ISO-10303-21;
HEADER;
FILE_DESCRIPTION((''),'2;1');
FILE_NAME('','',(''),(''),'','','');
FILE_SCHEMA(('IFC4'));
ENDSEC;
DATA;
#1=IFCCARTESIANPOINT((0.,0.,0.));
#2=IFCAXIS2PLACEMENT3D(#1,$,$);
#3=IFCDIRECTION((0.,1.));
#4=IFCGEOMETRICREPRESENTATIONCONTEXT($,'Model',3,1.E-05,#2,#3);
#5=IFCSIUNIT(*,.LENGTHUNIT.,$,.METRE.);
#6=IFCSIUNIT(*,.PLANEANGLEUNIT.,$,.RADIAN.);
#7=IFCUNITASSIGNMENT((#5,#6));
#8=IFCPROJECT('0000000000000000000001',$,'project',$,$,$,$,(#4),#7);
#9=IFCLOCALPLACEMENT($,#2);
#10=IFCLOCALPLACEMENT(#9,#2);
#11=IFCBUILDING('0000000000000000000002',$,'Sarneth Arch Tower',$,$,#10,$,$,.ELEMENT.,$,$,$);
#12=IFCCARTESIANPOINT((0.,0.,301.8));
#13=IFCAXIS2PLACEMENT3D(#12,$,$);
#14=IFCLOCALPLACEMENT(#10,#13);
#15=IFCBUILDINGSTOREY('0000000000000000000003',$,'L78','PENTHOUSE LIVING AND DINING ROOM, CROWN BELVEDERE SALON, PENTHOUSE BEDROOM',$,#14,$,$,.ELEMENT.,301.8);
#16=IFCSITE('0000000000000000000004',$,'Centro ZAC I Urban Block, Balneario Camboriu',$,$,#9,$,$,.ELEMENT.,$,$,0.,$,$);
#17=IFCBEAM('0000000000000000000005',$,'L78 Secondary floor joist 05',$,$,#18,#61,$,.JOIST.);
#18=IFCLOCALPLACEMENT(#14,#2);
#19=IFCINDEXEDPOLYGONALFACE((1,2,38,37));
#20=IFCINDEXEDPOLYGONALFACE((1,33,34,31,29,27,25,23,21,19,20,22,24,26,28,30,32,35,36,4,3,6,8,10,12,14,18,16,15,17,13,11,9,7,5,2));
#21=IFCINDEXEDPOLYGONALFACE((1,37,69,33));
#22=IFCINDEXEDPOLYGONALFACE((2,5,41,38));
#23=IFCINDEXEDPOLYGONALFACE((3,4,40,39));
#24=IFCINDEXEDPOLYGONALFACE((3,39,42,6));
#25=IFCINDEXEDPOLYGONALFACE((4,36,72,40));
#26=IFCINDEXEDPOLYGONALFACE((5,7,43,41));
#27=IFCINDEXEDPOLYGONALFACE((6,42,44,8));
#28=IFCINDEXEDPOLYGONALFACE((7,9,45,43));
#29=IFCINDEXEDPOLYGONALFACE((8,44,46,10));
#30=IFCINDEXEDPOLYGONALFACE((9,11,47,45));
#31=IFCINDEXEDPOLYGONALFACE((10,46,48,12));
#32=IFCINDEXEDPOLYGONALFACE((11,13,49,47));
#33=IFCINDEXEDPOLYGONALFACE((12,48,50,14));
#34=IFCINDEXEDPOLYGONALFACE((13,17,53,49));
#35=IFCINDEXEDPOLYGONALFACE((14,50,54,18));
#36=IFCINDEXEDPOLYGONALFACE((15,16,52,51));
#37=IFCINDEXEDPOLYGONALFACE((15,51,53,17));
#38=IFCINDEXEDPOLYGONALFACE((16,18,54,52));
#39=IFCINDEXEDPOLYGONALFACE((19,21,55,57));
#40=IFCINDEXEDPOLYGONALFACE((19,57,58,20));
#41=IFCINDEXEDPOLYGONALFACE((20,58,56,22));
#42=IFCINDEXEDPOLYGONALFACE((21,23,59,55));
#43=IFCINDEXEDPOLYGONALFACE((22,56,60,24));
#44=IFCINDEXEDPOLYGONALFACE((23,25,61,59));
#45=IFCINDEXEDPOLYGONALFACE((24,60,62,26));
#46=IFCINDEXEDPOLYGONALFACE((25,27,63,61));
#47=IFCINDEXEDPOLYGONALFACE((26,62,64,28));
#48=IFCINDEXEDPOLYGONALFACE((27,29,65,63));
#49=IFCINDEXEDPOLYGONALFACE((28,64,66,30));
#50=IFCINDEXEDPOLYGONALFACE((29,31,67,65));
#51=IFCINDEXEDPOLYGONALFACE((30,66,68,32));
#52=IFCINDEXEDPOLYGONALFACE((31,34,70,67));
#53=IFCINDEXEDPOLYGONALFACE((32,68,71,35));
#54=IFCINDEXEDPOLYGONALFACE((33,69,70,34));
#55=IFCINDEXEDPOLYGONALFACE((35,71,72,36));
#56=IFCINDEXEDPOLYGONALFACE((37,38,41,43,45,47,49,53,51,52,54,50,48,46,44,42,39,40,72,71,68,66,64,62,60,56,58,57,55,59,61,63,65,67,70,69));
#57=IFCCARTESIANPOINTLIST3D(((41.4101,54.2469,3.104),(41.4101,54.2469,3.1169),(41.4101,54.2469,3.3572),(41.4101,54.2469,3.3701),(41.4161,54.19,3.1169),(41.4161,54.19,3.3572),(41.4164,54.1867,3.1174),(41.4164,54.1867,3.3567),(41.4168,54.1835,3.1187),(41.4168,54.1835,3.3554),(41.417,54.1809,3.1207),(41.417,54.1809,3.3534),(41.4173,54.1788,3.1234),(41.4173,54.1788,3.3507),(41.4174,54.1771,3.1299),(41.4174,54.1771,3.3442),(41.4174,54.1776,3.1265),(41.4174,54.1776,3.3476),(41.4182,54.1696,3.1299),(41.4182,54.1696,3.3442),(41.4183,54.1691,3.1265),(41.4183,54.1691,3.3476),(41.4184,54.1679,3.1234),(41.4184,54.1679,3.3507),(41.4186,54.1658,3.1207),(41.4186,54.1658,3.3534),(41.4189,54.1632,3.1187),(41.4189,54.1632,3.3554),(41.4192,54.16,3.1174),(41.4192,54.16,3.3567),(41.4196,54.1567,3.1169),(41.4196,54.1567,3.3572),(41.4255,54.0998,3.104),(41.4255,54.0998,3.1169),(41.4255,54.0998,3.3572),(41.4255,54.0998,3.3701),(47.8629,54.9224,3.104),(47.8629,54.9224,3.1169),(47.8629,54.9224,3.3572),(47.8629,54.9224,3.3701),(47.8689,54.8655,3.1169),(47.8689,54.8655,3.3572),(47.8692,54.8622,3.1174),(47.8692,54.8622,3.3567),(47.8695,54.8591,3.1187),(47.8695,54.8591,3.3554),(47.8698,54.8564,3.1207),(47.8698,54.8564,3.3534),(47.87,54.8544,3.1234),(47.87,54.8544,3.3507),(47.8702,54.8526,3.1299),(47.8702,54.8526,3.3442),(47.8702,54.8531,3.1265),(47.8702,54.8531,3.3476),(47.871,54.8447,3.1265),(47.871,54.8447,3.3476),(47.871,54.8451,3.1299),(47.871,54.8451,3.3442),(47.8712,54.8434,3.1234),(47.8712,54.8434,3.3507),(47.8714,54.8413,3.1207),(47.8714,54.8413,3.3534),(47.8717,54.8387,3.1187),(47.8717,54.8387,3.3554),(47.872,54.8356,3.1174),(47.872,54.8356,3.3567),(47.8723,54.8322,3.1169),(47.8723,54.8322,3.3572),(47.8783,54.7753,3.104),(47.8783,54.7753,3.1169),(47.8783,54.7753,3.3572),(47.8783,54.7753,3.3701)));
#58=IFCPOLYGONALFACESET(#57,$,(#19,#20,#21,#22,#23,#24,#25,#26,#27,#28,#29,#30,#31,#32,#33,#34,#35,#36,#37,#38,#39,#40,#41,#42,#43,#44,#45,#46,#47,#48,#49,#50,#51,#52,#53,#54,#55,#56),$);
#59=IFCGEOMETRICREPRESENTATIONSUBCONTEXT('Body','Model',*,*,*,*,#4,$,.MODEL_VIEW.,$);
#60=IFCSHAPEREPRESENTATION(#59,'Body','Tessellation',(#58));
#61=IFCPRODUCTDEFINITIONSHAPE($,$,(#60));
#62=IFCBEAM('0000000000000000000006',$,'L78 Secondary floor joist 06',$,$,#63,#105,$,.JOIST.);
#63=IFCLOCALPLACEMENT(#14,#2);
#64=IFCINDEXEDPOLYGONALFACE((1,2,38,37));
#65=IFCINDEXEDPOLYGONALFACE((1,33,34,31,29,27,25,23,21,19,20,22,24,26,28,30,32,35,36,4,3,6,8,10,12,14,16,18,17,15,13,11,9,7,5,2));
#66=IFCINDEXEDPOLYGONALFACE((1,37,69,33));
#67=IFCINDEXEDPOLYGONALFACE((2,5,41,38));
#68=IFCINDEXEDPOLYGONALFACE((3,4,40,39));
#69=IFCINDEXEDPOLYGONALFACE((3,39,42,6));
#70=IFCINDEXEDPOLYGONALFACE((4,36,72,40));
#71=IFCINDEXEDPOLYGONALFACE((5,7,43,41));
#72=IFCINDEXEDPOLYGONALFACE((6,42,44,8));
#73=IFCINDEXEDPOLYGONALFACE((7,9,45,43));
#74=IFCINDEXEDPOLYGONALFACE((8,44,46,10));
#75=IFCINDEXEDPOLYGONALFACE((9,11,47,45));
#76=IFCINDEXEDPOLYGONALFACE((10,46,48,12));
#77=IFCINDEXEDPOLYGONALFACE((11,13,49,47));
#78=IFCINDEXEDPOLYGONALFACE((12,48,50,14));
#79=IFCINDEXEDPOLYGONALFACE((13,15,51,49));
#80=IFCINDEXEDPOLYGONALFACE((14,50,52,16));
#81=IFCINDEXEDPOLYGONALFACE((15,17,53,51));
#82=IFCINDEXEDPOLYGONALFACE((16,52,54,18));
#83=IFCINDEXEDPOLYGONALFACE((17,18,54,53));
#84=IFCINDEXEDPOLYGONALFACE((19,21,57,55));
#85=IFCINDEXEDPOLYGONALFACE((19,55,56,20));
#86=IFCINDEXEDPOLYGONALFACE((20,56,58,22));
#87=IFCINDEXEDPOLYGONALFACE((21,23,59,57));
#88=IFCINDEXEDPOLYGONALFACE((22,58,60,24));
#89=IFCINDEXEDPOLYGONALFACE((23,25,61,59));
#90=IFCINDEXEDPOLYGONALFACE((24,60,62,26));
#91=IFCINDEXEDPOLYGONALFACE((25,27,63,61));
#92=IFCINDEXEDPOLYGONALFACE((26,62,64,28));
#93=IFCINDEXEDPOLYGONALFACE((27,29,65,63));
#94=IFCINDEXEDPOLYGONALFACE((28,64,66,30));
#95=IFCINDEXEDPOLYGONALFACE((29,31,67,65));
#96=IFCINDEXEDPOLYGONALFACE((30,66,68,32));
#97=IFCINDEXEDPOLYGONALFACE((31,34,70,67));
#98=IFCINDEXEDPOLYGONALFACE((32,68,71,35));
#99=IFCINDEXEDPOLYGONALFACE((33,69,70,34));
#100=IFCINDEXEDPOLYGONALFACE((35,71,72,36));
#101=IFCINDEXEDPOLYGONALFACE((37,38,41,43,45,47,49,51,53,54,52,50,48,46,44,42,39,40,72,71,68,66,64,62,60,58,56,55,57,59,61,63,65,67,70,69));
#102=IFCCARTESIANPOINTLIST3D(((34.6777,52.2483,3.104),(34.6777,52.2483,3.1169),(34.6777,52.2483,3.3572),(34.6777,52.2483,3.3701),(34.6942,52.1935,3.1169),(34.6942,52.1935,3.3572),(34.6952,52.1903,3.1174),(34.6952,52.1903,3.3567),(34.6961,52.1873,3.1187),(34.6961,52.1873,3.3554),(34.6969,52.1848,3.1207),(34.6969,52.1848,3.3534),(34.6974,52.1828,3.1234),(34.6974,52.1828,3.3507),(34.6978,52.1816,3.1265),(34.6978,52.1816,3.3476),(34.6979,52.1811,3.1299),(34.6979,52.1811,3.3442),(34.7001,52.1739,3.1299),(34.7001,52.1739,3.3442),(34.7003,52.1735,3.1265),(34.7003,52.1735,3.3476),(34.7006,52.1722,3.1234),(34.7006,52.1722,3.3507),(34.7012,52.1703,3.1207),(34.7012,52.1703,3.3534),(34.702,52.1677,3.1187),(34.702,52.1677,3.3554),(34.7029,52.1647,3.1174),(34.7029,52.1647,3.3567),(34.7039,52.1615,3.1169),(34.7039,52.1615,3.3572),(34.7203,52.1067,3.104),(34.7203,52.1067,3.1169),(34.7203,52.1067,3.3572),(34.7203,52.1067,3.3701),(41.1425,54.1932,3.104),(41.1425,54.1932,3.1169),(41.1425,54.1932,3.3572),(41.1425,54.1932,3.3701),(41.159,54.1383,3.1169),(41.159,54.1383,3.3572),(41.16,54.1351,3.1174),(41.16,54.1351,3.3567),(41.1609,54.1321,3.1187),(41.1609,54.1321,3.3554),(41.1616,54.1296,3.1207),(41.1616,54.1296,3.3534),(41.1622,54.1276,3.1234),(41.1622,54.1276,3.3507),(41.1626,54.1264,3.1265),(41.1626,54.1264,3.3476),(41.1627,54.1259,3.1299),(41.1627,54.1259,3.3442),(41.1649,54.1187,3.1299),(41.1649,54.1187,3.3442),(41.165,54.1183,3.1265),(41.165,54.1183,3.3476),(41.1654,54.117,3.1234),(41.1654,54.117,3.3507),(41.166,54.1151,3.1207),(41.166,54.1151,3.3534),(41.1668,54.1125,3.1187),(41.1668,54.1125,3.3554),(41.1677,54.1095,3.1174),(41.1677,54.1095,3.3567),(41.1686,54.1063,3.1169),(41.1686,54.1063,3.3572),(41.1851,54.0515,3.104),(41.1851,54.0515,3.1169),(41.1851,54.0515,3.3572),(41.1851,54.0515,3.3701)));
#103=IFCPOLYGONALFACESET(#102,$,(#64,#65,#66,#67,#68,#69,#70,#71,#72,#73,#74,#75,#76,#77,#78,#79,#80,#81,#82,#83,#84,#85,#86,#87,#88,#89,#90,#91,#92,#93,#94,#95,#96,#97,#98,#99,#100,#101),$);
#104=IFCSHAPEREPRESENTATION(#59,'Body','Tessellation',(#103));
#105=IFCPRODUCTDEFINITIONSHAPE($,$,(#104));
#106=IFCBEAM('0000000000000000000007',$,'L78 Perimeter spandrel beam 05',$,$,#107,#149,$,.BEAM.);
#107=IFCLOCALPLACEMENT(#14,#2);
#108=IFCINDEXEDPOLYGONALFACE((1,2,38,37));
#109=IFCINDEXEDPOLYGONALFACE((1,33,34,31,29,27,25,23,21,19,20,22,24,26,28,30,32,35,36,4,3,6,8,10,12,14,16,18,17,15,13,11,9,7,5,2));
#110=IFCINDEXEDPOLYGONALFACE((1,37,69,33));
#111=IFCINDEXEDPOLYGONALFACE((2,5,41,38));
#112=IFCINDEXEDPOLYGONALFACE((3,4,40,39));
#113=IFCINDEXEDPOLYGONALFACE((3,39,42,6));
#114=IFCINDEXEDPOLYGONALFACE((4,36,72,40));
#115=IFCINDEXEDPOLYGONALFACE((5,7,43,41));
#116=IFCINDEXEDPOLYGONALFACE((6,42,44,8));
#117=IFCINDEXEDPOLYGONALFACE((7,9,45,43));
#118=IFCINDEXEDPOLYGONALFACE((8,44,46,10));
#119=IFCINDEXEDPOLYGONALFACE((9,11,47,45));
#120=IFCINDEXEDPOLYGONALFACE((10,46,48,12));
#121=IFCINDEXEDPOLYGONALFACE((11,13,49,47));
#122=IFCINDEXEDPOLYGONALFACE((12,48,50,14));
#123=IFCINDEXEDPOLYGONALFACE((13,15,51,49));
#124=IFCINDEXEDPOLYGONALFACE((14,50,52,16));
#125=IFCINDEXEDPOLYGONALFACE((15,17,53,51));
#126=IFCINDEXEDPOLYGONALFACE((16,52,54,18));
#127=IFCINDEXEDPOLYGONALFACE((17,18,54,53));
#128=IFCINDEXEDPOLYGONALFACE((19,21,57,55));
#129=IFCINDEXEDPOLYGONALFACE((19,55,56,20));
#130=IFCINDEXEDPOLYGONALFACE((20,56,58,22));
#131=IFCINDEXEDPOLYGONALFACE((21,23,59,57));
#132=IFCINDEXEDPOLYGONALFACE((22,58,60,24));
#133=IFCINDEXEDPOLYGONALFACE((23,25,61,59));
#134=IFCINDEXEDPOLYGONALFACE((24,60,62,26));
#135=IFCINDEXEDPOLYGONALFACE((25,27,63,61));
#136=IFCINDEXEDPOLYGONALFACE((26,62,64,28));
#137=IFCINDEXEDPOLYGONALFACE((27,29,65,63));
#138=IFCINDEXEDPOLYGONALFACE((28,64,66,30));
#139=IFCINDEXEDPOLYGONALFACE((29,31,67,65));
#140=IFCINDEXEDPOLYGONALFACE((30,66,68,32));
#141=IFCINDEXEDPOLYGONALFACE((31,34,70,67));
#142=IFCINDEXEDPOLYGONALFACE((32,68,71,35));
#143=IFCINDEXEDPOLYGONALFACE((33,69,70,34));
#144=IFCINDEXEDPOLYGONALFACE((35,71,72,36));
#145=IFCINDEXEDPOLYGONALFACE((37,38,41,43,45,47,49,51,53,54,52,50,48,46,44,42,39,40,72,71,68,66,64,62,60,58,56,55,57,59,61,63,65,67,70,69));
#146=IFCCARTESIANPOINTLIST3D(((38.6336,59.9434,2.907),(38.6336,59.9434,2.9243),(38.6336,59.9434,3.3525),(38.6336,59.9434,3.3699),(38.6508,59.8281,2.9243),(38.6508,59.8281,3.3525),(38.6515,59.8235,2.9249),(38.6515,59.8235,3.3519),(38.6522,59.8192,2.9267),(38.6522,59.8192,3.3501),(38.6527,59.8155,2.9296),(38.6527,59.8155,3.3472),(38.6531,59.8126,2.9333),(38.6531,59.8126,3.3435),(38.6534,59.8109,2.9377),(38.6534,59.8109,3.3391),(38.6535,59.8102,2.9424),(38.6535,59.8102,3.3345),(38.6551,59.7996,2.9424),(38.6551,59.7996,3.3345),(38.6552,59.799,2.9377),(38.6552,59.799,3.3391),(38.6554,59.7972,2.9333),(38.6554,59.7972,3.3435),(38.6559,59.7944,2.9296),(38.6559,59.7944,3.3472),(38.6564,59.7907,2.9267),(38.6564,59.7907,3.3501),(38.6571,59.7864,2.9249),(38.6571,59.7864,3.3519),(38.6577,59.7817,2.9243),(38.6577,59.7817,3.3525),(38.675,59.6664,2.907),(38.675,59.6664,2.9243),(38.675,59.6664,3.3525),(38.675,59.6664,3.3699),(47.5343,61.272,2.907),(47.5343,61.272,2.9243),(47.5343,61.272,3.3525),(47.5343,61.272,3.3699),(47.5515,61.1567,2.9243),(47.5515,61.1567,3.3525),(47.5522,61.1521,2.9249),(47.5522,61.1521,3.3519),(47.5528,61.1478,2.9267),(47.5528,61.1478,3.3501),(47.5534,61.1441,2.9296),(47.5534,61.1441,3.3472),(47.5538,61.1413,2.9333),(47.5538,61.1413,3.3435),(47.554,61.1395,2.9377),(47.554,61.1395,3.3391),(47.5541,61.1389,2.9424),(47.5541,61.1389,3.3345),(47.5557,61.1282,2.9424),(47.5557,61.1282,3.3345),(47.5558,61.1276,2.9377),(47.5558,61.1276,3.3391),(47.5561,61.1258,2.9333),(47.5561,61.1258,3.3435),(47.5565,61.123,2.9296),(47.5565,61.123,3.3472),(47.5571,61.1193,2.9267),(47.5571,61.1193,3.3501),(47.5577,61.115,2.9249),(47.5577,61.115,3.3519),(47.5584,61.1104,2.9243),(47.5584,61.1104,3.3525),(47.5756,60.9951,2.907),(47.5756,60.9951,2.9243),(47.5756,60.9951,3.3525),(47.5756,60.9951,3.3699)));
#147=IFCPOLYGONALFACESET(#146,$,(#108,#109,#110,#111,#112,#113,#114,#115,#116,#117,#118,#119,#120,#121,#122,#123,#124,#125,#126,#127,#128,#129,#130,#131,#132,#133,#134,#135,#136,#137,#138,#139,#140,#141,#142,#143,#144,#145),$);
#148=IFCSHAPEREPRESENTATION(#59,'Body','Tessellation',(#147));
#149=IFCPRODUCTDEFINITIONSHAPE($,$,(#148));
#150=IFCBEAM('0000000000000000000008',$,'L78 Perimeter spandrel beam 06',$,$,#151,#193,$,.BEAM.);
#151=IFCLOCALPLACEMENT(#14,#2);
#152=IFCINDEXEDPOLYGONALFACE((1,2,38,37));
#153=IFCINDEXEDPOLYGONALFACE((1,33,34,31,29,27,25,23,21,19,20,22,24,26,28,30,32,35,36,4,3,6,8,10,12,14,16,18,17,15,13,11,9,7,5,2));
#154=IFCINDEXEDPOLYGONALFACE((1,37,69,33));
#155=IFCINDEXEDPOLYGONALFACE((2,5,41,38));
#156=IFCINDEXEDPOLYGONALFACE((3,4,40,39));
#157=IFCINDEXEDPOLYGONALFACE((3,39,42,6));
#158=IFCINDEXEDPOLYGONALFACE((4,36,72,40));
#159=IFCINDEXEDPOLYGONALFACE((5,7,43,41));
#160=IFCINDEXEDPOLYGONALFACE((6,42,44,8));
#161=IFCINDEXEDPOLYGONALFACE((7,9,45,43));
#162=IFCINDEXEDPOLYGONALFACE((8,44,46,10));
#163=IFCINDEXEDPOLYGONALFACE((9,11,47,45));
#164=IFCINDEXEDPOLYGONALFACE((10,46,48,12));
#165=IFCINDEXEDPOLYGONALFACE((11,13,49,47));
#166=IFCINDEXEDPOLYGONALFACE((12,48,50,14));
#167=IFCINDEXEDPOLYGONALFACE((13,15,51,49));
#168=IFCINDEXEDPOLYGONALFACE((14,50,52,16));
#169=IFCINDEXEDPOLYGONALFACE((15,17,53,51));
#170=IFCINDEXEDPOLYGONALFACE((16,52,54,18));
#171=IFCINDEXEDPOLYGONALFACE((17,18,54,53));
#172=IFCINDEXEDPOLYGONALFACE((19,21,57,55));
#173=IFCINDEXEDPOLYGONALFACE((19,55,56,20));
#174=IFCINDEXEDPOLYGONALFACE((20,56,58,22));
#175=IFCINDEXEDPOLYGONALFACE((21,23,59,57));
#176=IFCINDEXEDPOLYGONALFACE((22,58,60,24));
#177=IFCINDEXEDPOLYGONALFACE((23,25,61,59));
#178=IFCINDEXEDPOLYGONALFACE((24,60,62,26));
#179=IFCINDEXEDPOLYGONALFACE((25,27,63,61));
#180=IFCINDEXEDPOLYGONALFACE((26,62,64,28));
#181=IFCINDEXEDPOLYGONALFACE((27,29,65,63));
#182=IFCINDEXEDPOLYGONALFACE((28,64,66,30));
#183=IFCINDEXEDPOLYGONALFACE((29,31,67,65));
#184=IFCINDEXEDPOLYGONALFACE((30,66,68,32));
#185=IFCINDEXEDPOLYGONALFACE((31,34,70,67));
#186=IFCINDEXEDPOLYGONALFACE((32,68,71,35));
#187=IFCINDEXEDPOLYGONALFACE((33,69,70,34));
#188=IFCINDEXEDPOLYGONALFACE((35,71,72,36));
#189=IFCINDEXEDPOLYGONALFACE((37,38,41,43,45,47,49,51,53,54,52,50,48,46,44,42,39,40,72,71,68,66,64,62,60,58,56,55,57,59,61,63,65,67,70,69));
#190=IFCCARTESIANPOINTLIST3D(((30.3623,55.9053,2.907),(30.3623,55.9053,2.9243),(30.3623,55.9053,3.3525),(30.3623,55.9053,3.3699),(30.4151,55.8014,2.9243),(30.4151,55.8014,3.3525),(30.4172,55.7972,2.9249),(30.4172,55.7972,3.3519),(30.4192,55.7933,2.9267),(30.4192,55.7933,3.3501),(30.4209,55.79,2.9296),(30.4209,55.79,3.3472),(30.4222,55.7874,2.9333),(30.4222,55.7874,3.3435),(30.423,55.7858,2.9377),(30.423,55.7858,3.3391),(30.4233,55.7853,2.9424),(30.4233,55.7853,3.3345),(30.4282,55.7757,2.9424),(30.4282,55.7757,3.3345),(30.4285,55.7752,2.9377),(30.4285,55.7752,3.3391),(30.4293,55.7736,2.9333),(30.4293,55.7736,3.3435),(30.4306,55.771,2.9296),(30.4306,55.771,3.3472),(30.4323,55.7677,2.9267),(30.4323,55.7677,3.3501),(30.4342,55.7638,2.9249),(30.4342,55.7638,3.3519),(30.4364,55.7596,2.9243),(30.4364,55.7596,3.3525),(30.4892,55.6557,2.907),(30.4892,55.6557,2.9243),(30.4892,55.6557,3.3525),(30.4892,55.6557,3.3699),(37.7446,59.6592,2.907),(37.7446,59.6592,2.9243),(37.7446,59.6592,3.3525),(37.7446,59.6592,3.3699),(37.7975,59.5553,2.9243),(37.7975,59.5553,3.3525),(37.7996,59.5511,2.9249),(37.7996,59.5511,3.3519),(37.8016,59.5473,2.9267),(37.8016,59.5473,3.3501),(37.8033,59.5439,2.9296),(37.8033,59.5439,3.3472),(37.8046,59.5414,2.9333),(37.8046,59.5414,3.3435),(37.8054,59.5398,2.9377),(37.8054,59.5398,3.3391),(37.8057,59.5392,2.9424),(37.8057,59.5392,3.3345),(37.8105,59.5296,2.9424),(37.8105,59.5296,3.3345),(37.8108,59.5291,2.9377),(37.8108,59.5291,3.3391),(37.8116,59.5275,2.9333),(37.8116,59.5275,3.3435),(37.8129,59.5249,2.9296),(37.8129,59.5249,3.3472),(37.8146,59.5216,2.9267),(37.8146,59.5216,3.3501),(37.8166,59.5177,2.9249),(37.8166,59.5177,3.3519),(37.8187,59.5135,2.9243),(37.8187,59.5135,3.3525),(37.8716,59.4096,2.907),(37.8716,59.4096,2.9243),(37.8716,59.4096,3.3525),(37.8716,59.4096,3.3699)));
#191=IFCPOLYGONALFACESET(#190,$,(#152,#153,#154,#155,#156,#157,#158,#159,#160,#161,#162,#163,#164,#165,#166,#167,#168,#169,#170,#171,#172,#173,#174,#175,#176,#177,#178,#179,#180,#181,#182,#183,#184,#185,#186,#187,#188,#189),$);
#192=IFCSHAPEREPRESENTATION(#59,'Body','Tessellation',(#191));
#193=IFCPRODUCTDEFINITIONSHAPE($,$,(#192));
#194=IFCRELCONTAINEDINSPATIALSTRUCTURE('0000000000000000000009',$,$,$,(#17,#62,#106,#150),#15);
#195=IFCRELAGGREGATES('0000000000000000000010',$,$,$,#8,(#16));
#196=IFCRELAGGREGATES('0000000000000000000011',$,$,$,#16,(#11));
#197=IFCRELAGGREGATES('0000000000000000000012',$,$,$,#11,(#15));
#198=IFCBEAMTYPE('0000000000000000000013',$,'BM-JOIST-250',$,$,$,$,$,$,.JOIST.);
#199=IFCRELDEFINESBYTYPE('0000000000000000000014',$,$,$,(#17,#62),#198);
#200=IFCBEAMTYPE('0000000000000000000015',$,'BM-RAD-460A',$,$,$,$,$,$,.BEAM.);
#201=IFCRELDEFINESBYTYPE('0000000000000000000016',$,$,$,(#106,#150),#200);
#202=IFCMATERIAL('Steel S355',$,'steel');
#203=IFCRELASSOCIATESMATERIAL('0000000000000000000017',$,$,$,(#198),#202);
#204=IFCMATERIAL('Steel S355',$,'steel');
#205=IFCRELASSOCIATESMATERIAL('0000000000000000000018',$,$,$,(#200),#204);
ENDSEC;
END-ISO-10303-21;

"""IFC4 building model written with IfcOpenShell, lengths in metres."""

from ifc_helpers import new_model, si_unit, direction, frame, origin, origin_2d, place, context, subcontext, project, spatial, i_section, extrude, material, material_profile, profile_set, type_object, element, save


model = new_model("IFC4")

# Units and contexts
model_context = context("Model", 3, precision=1e-05, world=origin(), true_north=direction((0.0, 1.0)))
body_context = subcontext(model_context, "Body", "Model", "MODEL_VIEW")
ifc_project = project(units=[si_unit("LENGTHUNIT", "METRE"), si_unit("PLANEANGLEUNIT", "RADIAN")], contexts=[model_context])

# Site, building, storey
site_placement = place(None, origin())
site = spatial("IfcSite", under=ifc_project, at=site_placement, Name="Centro ZAC I Urban Block, Balneario Camboriu", CompositionType="ELEMENT", RefElevation=0.0)
building_placement = place(site_placement, origin())
building = spatial("IfcBuilding", under=site, at=building_placement, Name="Sarneth Arch Tower", CompositionType="ELEMENT")
storey_placement = place(building_placement, frame((0.0, 0.0, 301.8)))
storey = spatial("IfcBuildingStorey", under=building, at=storey_placement, Name="L78", Description="PENTHOUSE LIVING AND DINING ROOM, CROWN BELVEDERE SALON, PENTHOUSE BEDROOM", CompositionType="ELEMENT", Elevation=301.8)

# Beams
ifc_material_1 = material(Name="Steel S355", Category="steel")
ifc_material_profile_1 = material_profile(ifc_material_1, i_section(OverallWidth=0.1479, OverallDepth=0.2661, WebThickness=0.0076, FlangeThickness=0.0129, FilletRadius=0.0129, at=origin_2d()), Name="W250x44.8")
ifc_profile_set_1 = profile_set([ifc_material_profile_1], Name="Steel S355")
beam_type_1 = type_object("IfcBeamType", Name="BM-JOIST-250", PredefinedType="JOIST", material=ifc_profile_set_1)
beam_1_placement = place(storey_placement, frame((47.8706, 54.8489, 3.2371), z_axis=(-0.994565, -0.104119, 0.0), x_axis=(0.104119, -0.994565, 0.0)))
element("IfcBeam", 1, at=beam_1_placement, inside=storey, type_object=beam_type_1, Name="L78 Secondary floor joist 05", PredefinedType="JOIST", context=body_context, shape_type="SweptSolid", body=[
    extrude(i_section(OverallWidth=0.1479, OverallDepth=0.2661, WebThickness=0.0076, FlangeThickness=0.0129, FilletRadius=0.0129, at=origin_2d()), origin(), (0.0, 0.0, 1.0), 6.488),
])
beam_2_placement = place(storey_placement, frame((41.1638, 54.1223, 3.2371), z_axis=(-0.957607, -0.288078, 0.0), x_axis=(0.288078, -0.957607, 0.0)))
element("IfcBeam", 2, at=beam_2_placement, inside=storey, type_object=beam_type_1, Name="L78 Secondary floor joist 06", PredefinedType="JOIST", context=body_context, shape_type="SweptSolid", body=[
    extrude(i_section(OverallWidth=0.1479, OverallDepth=0.2661, WebThickness=0.0076, FlangeThickness=0.0129, FilletRadius=0.0129, at=origin_2d()), origin(), (0.0, 0.0, 1.0), 6.751),
])
ifc_material_2 = material(Name="Steel S355", Category="steel")
ifc_material_profile_2 = material_profile(ifc_material_2, i_section(OverallWidth=0.28, OverallDepth=0.4629, WebThickness=0.0107, FlangeThickness=0.0173, FilletRadius=0.0181, at=origin_2d()), Name="W460x113")
ifc_profile_set_2 = profile_set([ifc_material_profile_2], Name="Steel S355")
beam_type_2 = type_object("IfcBeamType", Name="BM-RAD-460A", PredefinedType="BEAM", material=ifc_profile_set_2)
beam_3_placement = place(storey_placement, frame((47.5549, 61.1335, 3.1384), z_axis=(-0.989042, -0.147636, 0.0), x_axis=(0.147636, -0.989042, 0.0)))
element("IfcBeam", 3, at=beam_3_placement, inside=storey, type_object=beam_type_2, Name="L78 Perimeter spandrel beam 05", PredefinedType="BEAM", context=body_context, shape_type="SweptSolid", body=[
    extrude(i_section(OverallWidth=0.28, OverallDepth=0.4629, WebThickness=0.0107, FlangeThickness=0.0173, FilletRadius=0.0181, at=origin_2d()), origin(), (0.0, 0.0, 1.0), 8.9993),
])
beam_4_placement = place(storey_placement, frame((37.8081, 59.5344, 3.1384), z_axis=(-0.891376, -0.453264, 0.0), x_axis=(0.453264, -0.891376, 0.0)))
element("IfcBeam", 4, at=beam_4_placement, inside=storey, type_object=beam_type_2, Name="L78 Perimeter spandrel beam 06", PredefinedType="BEAM", context=body_context, shape_type="SweptSolid", body=[
    extrude(i_section(OverallWidth=0.28, OverallDepth=0.4629, WebThickness=0.0107, FlangeThickness=0.0173, FilletRadius=0.0181, at=origin_2d()), origin(), (0.0, 0.0, 1.0), 8.282),
])

save(model, "model.ifc")
